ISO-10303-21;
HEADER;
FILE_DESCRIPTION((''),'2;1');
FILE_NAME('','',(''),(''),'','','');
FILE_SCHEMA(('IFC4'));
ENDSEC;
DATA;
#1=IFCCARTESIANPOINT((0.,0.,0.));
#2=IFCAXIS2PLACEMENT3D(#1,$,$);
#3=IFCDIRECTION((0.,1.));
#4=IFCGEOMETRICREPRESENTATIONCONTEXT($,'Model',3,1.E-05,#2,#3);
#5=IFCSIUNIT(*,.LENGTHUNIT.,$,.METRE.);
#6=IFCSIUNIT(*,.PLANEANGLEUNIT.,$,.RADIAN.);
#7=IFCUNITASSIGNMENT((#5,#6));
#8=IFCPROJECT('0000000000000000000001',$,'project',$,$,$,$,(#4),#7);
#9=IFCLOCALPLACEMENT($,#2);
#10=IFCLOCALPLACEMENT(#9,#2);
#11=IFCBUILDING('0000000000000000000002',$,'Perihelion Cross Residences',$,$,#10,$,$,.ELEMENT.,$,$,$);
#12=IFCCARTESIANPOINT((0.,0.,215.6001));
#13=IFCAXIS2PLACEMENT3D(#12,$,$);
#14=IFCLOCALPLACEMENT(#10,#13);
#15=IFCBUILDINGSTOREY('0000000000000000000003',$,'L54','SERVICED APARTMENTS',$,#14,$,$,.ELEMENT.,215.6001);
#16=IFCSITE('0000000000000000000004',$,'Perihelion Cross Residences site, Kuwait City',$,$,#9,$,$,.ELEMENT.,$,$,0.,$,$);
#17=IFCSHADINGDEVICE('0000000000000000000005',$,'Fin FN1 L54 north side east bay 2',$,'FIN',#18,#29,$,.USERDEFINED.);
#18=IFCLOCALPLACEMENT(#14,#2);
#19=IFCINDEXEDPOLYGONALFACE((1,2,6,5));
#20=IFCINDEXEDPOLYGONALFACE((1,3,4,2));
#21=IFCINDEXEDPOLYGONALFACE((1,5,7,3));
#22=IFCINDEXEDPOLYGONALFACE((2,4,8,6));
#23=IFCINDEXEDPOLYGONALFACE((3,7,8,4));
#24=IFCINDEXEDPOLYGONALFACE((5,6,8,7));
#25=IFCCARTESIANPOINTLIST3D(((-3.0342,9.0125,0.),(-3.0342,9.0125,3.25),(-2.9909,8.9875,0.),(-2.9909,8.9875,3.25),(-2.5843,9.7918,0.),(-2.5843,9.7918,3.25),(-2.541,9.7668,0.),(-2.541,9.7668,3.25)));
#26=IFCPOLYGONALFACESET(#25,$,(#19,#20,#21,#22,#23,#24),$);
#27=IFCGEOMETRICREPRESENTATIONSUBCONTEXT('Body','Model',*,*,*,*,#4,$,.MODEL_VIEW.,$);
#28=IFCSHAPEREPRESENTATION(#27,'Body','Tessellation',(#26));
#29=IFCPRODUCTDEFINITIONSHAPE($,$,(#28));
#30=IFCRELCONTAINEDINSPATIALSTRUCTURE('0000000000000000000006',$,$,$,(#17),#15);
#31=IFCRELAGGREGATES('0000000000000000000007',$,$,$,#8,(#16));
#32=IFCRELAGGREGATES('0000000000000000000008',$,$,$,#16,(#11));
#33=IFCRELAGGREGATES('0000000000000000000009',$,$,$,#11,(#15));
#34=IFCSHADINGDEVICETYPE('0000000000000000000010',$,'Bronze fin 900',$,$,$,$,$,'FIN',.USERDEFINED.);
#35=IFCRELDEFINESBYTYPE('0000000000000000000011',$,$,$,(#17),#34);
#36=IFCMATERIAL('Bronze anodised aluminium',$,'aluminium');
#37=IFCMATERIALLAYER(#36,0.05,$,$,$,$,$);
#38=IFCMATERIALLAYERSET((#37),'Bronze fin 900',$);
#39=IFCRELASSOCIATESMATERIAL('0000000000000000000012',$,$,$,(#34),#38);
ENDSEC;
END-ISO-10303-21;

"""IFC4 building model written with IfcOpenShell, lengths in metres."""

from ifc_helpers import new_model, si_unit, direction, frame, origin, origin_2d, place, context, subcontext, project, spatial, rectangle, extrude, material, layer, layer_set, type_object, element, save


model = new_model("IFC4")

# Units and contexts
model_context = context("Model", 3, precision=1e-05, world=origin(), true_north=direction((0.0, 1.0)))
body_context = subcontext(model_context, "Body", "Model", "MODEL_VIEW")
ifc_project = project(units=[si_unit("LENGTHUNIT", "METRE"), si_unit("PLANEANGLEUNIT", "RADIAN")], contexts=[model_context])

# Site, building, storey
site_placement = place(None, origin())
site = spatial("IfcSite", under=ifc_project, at=site_placement, Name="Perihelion Cross Residences site, Kuwait City", CompositionType="ELEMENT", RefElevation=0.0)
building_placement = place(site_placement, origin())
building = spatial("IfcBuilding", under=site, at=building_placement, Name="Perihelion Cross Residences", CompositionType="ELEMENT")
storey_placement = place(building_placement, frame((0.0, 0.0, 215.6001)))
storey = spatial("IfcBuildingStorey", under=building, at=storey_placement, Name="L54", Description="SERVICED APARTMENTS", CompositionType="ELEMENT", Elevation=215.6001)

# Shading device
ifc_material_1 = material(Name="Bronze anodised aluminium", Category="aluminium")
ifc_layer_1 = layer(ifc_material_1, 0.05)
ifc_layer_set_1 = layer_set([ifc_layer_1], Name="Bronze fin 900")
shading_device_type = type_object("IfcShadingDeviceType", Name="Bronze fin 900", ElementType="FIN", PredefinedType="USERDEFINED", material=ifc_layer_set_1)
shading_device_placement = place(storey_placement, frame((-2.7876, 9.3896, 0.0), z_axis=(0.0, 0.0, 1.0), x_axis=(0.5, 0.866025, 0.0)))
element("IfcShadingDevice", 1, at=shading_device_placement, inside=storey, type_object=shading_device_type, Name="Fin FN1 L54 north side east bay 2", ObjectType="FIN", PredefinedType="USERDEFINED", context=body_context, shape_type="SweptSolid", body=[
    extrude(rectangle(XDim=0.8999, YDim=0.05, at=origin_2d()), origin(), (0.0, 0.0, 1.0), 3.25),
])

save(model, "model.ifc")
